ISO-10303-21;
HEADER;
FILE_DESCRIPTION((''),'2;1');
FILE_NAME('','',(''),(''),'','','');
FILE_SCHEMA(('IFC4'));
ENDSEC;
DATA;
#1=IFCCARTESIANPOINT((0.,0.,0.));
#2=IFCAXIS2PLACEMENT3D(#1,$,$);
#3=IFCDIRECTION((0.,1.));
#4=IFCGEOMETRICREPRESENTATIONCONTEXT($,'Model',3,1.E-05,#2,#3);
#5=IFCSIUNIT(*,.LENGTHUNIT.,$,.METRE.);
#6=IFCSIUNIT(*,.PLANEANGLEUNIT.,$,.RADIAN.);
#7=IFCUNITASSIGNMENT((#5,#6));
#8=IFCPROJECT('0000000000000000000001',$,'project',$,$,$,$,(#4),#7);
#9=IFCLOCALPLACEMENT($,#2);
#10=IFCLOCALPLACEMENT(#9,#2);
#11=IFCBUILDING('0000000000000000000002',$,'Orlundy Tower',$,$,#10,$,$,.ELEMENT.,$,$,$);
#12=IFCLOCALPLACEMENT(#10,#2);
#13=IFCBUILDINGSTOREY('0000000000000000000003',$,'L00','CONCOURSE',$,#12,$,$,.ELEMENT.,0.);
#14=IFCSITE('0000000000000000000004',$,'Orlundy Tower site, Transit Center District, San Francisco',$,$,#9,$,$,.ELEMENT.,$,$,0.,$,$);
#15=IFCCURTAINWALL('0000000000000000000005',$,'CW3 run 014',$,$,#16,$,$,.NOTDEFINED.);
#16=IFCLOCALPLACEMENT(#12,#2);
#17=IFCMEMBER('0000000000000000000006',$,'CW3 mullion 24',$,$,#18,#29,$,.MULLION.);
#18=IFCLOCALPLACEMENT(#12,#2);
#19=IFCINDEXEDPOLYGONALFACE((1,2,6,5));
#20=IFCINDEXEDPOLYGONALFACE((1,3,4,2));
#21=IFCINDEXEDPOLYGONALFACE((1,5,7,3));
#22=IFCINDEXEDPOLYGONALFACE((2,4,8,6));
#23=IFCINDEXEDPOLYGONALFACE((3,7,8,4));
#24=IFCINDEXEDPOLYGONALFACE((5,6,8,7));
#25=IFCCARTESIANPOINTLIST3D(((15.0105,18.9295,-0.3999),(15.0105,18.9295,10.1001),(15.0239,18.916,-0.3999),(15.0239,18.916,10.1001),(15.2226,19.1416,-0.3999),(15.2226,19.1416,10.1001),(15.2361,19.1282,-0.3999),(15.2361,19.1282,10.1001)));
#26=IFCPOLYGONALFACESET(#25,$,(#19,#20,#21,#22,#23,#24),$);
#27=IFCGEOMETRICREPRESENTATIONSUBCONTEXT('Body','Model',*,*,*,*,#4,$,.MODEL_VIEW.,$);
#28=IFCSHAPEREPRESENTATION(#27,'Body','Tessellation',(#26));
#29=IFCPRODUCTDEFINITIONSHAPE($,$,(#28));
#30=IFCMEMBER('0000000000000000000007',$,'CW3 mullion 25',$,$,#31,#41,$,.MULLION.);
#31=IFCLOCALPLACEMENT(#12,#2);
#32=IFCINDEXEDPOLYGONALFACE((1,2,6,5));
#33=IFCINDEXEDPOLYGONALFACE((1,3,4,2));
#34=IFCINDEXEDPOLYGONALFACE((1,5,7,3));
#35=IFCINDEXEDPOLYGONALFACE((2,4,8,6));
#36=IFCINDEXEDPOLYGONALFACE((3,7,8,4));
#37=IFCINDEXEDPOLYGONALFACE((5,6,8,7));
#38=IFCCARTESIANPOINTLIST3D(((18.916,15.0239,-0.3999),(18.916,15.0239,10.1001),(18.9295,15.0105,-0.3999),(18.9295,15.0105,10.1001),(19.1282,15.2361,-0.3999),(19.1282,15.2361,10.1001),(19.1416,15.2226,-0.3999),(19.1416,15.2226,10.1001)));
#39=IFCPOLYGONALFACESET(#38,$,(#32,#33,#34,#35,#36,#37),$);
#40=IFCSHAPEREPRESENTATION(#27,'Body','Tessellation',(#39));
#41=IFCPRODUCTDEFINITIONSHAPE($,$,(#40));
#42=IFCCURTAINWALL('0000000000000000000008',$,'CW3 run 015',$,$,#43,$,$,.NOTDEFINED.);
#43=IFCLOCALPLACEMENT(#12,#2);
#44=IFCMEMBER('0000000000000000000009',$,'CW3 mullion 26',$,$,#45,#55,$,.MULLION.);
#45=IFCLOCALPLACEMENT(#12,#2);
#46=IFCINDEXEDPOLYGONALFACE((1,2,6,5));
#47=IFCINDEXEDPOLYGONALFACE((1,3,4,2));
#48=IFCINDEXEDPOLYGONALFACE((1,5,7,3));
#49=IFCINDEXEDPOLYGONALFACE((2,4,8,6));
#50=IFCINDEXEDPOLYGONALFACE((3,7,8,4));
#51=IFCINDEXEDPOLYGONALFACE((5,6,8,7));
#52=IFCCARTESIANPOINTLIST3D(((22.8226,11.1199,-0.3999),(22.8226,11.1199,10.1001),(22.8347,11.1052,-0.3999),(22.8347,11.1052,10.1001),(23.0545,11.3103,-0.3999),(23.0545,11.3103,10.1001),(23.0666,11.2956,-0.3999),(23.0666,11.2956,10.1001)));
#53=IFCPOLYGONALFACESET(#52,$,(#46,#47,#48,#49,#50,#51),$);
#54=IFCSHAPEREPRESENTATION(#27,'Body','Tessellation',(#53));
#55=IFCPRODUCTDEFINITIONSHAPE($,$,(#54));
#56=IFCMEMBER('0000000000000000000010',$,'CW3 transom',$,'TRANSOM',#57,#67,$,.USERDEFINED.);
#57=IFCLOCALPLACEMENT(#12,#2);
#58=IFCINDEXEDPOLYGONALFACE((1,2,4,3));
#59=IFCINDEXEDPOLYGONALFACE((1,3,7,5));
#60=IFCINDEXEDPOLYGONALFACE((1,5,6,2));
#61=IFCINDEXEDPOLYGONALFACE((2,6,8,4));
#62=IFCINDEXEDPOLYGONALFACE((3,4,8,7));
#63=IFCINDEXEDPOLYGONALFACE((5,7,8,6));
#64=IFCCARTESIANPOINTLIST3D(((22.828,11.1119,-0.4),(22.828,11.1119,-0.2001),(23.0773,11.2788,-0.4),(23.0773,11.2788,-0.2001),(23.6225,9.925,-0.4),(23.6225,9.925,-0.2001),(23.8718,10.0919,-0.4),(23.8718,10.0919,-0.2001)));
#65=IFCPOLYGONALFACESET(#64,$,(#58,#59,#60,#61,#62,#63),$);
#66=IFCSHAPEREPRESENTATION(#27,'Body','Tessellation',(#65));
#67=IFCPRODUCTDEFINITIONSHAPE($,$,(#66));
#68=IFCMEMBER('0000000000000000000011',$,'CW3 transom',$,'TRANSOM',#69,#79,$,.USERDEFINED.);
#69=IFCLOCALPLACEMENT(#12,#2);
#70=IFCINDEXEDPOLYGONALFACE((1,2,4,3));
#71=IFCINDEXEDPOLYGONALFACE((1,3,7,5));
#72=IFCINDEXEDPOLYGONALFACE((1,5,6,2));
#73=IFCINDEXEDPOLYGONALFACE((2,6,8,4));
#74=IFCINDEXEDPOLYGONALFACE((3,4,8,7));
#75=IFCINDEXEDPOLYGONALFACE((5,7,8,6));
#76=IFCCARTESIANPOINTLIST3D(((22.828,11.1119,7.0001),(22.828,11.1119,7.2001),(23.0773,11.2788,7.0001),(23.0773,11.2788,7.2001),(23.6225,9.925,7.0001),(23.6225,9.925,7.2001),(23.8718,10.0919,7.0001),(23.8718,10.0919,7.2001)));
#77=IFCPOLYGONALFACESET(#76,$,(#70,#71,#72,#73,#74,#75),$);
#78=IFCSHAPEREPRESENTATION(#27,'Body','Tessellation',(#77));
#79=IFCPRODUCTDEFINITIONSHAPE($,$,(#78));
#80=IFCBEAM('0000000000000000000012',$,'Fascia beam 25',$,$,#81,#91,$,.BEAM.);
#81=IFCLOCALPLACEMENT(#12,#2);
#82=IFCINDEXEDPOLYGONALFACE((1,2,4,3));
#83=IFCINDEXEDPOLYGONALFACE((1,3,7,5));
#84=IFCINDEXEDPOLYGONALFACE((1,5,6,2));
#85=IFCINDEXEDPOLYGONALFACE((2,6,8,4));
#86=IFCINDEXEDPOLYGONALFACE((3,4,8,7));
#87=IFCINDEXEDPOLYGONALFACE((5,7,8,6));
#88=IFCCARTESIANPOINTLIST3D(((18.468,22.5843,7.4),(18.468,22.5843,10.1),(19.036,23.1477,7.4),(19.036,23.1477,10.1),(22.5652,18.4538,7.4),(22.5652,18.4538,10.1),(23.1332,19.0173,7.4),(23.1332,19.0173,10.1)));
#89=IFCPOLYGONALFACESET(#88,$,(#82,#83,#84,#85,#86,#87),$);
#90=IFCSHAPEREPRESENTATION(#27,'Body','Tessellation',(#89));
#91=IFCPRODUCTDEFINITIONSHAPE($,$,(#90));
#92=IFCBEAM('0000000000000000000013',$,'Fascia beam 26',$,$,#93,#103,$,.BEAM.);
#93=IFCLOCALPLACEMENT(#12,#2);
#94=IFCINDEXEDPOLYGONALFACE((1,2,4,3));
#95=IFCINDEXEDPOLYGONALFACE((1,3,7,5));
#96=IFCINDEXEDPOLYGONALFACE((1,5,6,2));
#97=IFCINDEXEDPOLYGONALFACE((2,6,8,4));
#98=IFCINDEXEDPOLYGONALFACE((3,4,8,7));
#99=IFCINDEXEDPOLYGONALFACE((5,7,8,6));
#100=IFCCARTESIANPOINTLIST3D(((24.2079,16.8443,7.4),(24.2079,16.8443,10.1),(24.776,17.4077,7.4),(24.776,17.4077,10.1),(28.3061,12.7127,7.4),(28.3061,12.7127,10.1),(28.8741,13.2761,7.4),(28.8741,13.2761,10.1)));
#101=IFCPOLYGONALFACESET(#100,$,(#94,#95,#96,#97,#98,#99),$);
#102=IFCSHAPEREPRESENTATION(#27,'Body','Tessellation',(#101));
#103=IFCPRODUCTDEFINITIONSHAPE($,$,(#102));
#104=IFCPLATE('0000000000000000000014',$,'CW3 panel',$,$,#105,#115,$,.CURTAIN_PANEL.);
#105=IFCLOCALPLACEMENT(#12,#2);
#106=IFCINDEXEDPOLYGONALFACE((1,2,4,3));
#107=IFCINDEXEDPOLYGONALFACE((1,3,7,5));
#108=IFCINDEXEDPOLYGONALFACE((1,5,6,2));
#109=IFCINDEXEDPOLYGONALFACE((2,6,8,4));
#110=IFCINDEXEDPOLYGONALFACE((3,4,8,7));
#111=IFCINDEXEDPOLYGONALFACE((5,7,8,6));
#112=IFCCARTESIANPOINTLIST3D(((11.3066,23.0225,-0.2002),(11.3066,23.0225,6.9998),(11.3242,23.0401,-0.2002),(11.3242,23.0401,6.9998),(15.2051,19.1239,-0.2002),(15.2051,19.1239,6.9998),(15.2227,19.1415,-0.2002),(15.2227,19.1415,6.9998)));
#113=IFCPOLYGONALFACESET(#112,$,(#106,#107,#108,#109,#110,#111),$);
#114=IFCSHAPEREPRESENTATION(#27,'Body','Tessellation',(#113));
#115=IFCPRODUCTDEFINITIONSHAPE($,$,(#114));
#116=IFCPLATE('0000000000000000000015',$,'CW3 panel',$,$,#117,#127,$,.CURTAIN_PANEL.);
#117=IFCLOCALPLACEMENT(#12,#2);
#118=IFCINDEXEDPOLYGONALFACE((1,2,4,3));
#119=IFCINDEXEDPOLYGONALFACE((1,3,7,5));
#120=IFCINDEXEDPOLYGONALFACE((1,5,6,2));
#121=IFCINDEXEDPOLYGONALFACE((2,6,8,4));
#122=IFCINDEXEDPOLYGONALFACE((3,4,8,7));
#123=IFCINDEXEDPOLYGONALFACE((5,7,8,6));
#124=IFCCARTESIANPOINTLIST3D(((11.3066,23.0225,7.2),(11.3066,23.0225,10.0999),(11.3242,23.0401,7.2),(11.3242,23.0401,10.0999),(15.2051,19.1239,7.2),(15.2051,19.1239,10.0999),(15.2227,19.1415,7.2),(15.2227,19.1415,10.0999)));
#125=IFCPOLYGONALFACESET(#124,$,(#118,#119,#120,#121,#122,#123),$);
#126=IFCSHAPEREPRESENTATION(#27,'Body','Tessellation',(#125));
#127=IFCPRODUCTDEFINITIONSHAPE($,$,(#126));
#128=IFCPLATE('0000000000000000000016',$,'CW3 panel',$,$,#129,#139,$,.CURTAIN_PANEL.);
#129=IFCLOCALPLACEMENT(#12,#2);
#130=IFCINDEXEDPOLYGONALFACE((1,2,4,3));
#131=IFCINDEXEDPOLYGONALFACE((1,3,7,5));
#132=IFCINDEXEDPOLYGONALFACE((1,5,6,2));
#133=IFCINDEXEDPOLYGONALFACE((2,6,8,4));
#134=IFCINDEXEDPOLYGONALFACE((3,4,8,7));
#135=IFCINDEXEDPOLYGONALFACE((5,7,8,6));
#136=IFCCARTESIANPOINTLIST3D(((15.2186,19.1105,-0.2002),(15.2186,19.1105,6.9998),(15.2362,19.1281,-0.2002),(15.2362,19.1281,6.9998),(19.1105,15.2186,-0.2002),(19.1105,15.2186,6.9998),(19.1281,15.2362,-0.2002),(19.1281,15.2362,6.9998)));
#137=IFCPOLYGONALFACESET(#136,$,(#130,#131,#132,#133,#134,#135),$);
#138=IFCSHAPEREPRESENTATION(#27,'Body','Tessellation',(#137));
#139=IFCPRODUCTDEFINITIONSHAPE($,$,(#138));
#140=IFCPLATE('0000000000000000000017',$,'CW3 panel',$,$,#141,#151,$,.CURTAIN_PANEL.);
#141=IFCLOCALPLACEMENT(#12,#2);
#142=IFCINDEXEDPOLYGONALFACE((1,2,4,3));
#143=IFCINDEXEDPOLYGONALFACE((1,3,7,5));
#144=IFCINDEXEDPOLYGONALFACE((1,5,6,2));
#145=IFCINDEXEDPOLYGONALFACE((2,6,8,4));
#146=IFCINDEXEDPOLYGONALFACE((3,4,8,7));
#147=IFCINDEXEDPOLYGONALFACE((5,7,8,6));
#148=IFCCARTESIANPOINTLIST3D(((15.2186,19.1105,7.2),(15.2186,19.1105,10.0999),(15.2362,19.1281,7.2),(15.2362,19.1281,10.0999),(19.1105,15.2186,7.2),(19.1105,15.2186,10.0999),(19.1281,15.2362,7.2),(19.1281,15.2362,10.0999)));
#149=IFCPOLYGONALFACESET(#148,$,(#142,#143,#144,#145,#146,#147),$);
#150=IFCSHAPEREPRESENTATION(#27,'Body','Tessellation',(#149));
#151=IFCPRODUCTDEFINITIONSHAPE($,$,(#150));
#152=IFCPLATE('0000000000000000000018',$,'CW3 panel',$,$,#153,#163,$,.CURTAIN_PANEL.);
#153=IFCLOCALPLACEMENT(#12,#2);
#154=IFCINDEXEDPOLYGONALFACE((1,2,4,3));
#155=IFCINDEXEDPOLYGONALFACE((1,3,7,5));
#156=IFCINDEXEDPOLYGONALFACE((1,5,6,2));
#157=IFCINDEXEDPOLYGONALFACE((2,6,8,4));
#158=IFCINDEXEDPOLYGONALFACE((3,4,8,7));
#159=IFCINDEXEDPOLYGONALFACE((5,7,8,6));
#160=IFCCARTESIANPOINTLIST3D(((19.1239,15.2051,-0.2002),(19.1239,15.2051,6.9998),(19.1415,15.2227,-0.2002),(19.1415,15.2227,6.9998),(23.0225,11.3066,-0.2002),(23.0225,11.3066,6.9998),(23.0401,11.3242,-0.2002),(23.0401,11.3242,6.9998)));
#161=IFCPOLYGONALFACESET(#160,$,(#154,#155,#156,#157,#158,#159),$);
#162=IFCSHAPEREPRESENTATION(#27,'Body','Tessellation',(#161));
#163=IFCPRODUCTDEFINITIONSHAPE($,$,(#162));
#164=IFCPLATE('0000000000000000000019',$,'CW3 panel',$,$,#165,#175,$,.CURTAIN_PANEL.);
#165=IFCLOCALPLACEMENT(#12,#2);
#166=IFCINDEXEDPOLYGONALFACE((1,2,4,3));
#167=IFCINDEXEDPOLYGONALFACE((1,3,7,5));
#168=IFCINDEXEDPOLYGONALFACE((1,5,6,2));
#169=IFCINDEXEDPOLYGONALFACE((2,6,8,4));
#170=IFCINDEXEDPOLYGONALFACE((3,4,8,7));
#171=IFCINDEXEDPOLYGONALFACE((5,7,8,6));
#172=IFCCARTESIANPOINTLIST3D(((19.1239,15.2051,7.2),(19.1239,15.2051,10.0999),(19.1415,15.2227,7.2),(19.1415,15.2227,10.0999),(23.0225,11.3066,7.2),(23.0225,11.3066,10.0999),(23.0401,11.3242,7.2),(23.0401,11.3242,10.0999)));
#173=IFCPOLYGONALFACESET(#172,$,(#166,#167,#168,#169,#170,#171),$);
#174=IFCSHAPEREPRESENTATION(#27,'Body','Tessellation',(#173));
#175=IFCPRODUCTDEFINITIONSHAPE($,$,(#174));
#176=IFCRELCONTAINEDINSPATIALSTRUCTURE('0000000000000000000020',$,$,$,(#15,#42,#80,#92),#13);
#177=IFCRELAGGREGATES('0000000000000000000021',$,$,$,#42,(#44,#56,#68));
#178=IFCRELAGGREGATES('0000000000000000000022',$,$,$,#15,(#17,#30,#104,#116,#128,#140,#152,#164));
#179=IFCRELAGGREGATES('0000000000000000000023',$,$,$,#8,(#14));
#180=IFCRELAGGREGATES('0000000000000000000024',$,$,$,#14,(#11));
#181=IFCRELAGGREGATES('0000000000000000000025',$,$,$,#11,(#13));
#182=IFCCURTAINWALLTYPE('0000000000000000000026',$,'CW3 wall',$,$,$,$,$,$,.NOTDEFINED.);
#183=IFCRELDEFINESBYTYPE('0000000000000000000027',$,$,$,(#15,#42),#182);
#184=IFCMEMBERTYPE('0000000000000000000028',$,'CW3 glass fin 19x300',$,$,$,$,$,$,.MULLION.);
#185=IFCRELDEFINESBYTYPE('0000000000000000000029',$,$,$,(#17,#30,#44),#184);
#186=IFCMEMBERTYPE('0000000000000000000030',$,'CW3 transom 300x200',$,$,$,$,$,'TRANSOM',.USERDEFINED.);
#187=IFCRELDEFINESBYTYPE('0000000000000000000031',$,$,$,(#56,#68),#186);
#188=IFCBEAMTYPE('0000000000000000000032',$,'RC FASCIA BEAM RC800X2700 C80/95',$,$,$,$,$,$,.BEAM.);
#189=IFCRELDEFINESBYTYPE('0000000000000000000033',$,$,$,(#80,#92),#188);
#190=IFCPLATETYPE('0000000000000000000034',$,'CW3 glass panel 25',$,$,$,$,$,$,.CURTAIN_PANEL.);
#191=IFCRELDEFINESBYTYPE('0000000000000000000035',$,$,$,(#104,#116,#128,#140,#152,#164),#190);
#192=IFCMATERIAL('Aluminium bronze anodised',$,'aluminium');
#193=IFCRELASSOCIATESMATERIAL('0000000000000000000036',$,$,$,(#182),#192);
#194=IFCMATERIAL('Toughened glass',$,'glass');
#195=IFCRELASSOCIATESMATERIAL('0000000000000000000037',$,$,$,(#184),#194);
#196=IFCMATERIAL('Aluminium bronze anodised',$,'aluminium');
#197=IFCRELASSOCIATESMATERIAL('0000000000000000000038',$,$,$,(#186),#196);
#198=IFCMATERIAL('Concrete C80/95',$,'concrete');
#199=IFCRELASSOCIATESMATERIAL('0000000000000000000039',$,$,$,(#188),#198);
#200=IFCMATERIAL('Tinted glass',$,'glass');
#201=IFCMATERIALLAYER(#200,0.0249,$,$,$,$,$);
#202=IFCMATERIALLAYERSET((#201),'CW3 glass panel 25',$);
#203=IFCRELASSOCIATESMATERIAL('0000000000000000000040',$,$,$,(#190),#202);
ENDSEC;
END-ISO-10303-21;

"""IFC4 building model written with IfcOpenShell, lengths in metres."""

from ifc_helpers import new_model, si_unit, direction, frame, origin, origin_2d, place, context, subcontext, project, spatial, rectangle, extrude, material, layer, layer_set, material_profile, profile_set, type_object, element, aggregate, save


model = new_model("IFC4")

# Units and contexts
model_context = context("Model", 3, precision=1e-05, world=origin(), true_north=direction((0.0, 1.0)))
body_context = subcontext(model_context, "Body", "Model", "MODEL_VIEW")
ifc_project = project(units=[si_unit("LENGTHUNIT", "METRE"), si_unit("PLANEANGLEUNIT", "RADIAN")], contexts=[model_context])

# Site, building, storey
site_placement = place(None, origin())
site = spatial("IfcSite", under=ifc_project, at=site_placement, Name="Orlundy Tower site, Transit Center District, San Francisco", CompositionType="ELEMENT", RefElevation=0.0)
building_placement = place(site_placement, origin())
building = spatial("IfcBuilding", under=site, at=building_placement, Name="Orlundy Tower", CompositionType="ELEMENT")
storey_placement = place(building_placement, origin())
storey = spatial("IfcBuildingStorey", under=building, at=storey_placement, Name="L00", Description="CONCOURSE", CompositionType="ELEMENT", Elevation=0.0)

# Curtain walls, members
ifc_material_1 = material(Name="Aluminium bronze anodised", Category="aluminium")
curtain_wall_type = type_object("IfcCurtainWallType", Name="CW3 wall", PredefinedType="NOTDEFINED", material=ifc_material_1)
curtain_wall_1_placement = place(storey_placement, origin())
curtain_wall_1 = element("IfcCurtainWall", 1, at=curtain_wall_1_placement, inside=storey, type_object=curtain_wall_type, Name="CW3 run 014", PredefinedType="NOTDEFINED")
ifc_material_2 = material(Name="Toughened glass", Category="glass")
ifc_material_profile_1 = material_profile(ifc_material_2, rectangle(XDim=0.3, YDim=0.019, at=origin_2d()), Name="CW3 glass fin 19x300")
ifc_profile_set_1 = profile_set([ifc_material_profile_1], Name="Toughened glass")
member_type_1 = type_object("IfcMemberType", Name="CW3 glass fin 19x300", PredefinedType="MULLION", material=ifc_profile_set_1)
member_1_placement = place(storey_placement, frame((15.1233, 19.0288, -0.3999), z_axis=(0.0, 0.0, 1.0), x_axis=(0.707107, 0.707107, 0.0)))
member_1 = element("IfcMember", 2, at=member_1_placement, type_object=member_type_1, Name="CW3 mullion 24", PredefinedType="MULLION", context=body_context, shape_type="SweptSolid", body=[
    extrude(rectangle(XDim=0.3, YDim=0.019, at=origin_2d()), origin(), (0.0, 0.0, 1.0), 10.5),
])
member_2_placement = place(storey_placement, frame((19.0288, 15.1233, -0.3999), z_axis=(0.0, 0.0, 1.0), x_axis=(0.707107, 0.707107, 0.0)))
member_2 = element("IfcMember", 3, at=member_2_placement, type_object=member_type_1, Name="CW3 mullion 25", PredefinedType="MULLION", context=body_context, shape_type="SweptSolid", body=[
    extrude(rectangle(XDim=0.3, YDim=0.019, at=origin_2d()), origin(), (0.0, 0.0, 1.0), 10.5),
])
curtain_wall_2_placement = place(storey_placement, origin())
curtain_wall_2 = element("IfcCurtainWall", 4, at=curtain_wall_2_placement, inside=storey, type_object=curtain_wall_type, Name="CW3 run 015", PredefinedType="NOTDEFINED")
member_3_placement = place(storey_placement, frame((22.9446, 11.2078, -0.3999), z_axis=(0.0, 0.0, 1.0), x_axis=(0.772778, 0.634676, 0.0)))
member_3 = element("IfcMember", 5, at=member_3_placement, type_object=member_type_1, Name="CW3 mullion 26", PredefinedType="MULLION", context=body_context, shape_type="SweptSolid", body=[
    extrude(rectangle(XDim=0.3, YDim=0.019, at=origin_2d()), origin(), (0.0, 0.0, 1.0), 10.5),
])
ifc_material_3 = material(Name="Aluminium bronze anodised", Category="aluminium")
ifc_material_profile_2 = material_profile(ifc_material_3, rectangle(XDim=0.3, YDim=0.2, at=origin_2d()), Name="CW3 transom 300x200")
ifc_profile_set_2 = profile_set([ifc_material_profile_2], Name="Aluminium bronze anodised")
member_type_2 = type_object("IfcMemberType", Name="CW3 transom 300x200", ElementType="TRANSOM", PredefinedType="USERDEFINED", material=ifc_profile_set_2)
member_4_placement = place(storey_placement, frame((22.9526, 11.1953, -0.3), z_axis=(0.556277, -0.830997, 0.0), x_axis=(0.830997, 0.556277, 0.0)))
member_4 = element("IfcMember", 6, at=member_4_placement, type_object=member_type_2, Name="CW3 transom", ObjectType="TRANSOM", PredefinedType="USERDEFINED", context=body_context, shape_type="SweptSolid", body=[
    extrude(rectangle(XDim=0.3, YDim=0.2, at=origin_2d()), origin(), (0.0, 0.0, 1.0), 1.4282),
])
member_5_placement = place(storey_placement, frame((22.9526, 11.1953, 7.1001), z_axis=(0.556277, -0.830997, 0.0), x_axis=(0.830997, 0.556277, 0.0)))
member_5 = element("IfcMember", 7, at=member_5_placement, type_object=member_type_2, Name="CW3 transom", ObjectType="TRANSOM", PredefinedType="USERDEFINED", context=body_context, shape_type="SweptSolid", body=[
    extrude(rectangle(XDim=0.3, YDim=0.2, at=origin_2d()), origin(), (0.0, 0.0, 1.0), 1.4282),
])
aggregate(curtain_wall_2, [member_3, member_4, member_5])

# Beams
ifc_material_4 = material(Name="Concrete C80/95", Category="concrete")
ifc_material_profile_3 = material_profile(ifc_material_4, rectangle(XDim=0.8, YDim=2.7, at=origin_2d()), Name="RC800X2700")
ifc_profile_set_3 = profile_set([ifc_material_profile_3], Name="Concrete C80/95")
beam_type = type_object("IfcBeamType", Name="RC FASCIA BEAM RC800X2700 C80/95", PredefinedType="BEAM", material=ifc_profile_set_3)
beam_1_placement = place(storey_placement, frame((18.752, 22.866, 8.75), z_axis=(0.704247, -0.709955, 0.0), x_axis=(0.709955, 0.704247, 0.0)))
element("IfcBeam", 8, at=beam_1_placement, inside=storey, type_object=beam_type, Name="Fascia beam 25", PredefinedType="BEAM", context=body_context, shape_type="SweptSolid", body=[
    extrude(rectangle(XDim=0.8, YDim=2.7, at=origin_2d()), origin(), (0.0, 0.0, 1.0), 5.8179),
])
beam_2_placement = place(storey_placement, frame((24.4919, 17.126, 8.75), z_axis=(0.704227, -0.709975, 0.0), x_axis=(0.709975, 0.704227, 0.0)))
element("IfcBeam", 9, at=beam_2_placement, inside=storey, type_object=beam_type, Name="Fascia beam 26", PredefinedType="BEAM", context=body_context, shape_type="SweptSolid", body=[
    extrude(rectangle(XDim=0.8, YDim=2.7, at=origin_2d()), origin(), (0.0, 0.0, 1.0), 5.8193),
])

# Plates
ifc_material_5 = material(Name="Tinted glass", Category="glass")
ifc_layer = layer(ifc_material_5, 0.0249)
ifc_layer_set = layer_set([ifc_layer], Name="CW3 glass panel 25")
plate_type = type_object("IfcPlateType", Name="CW3 glass panel 25", PredefinedType="CURTAIN_PANEL", material=ifc_layer_set)
plate_1_placement = place(storey_placement, frame((13.2646, 21.082, -0.2002), z_axis=(0.0, 0.0, 1.0), x_axis=(0.707107, -0.707107, 0.0)))
plate_1 = element("IfcPlate", 10, at=plate_1_placement, type_object=plate_type, Name="CW3 panel", PredefinedType="CURTAIN_PANEL", context=body_context, shape_type="SweptSolid", body=[
    extrude(rectangle(XDim=5.5134, YDim=0.0249, at=origin_2d()), origin(), (0.0, 0.0, 1.0), 7.2),
])
plate_2_placement = place(storey_placement, frame((13.2646, 21.082, 7.2), z_axis=(0.0, 0.0, 1.0), x_axis=(0.707107, -0.707107, 0.0)))
plate_2 = element("IfcPlate", 11, at=plate_2_placement, type_object=plate_type, Name="CW3 panel", PredefinedType="CURTAIN_PANEL", context=body_context, shape_type="SweptSolid", body=[
    extrude(rectangle(XDim=5.5134, YDim=0.0249, at=origin_2d()), origin(), (0.0, 0.0, 1.0), 2.8999),
])
plate_3_placement = place(storey_placement, frame((17.1733, 17.1733, -0.2002), z_axis=(0.0, 0.0, 1.0), x_axis=(0.707107, -0.707107, 0.0)))
plate_3 = element("IfcPlate", 12, at=plate_3_placement, type_object=plate_type, Name="CW3 panel", PredefinedType="CURTAIN_PANEL", context=body_context, shape_type="SweptSolid", body=[
    extrude(rectangle(XDim=5.5039, YDim=0.0249, at=origin_2d()), origin(), (0.0, 0.0, 1.0), 7.2),
])
plate_4_placement = place(storey_placement, frame((17.1733, 17.1733, 7.2), z_axis=(0.0, 0.0, 1.0), x_axis=(0.707107, -0.707107, 0.0)))
plate_4 = element("IfcPlate", 13, at=plate_4_placement, type_object=plate_type, Name="CW3 panel", PredefinedType="CURTAIN_PANEL", context=body_context, shape_type="SweptSolid", body=[
    extrude(rectangle(XDim=5.5039, YDim=0.0249, at=origin_2d()), origin(), (0.0, 0.0, 1.0), 2.8999),
])
plate_5_placement = place(storey_placement, frame((21.082, 13.2646, -0.2002), z_axis=(0.0, 0.0, 1.0), x_axis=(0.707107, -0.707107, 0.0)))
plate_5 = element("IfcPlate", 14, at=plate_5_placement, type_object=plate_type, Name="CW3 panel", PredefinedType="CURTAIN_PANEL", context=body_context, shape_type="SweptSolid", body=[
    extrude(rectangle(XDim=5.5134, YDim=0.0249, at=origin_2d()), origin(), (0.0, 0.0, 1.0), 7.2),
])
plate_6_placement = place(storey_placement, frame((21.082, 13.2646, 7.2), z_axis=(0.0, 0.0, 1.0), x_axis=(0.707107, -0.707107, 0.0)))
plate_6 = element("IfcPlate", 15, at=plate_6_placement, type_object=plate_type, Name="CW3 panel", PredefinedType="CURTAIN_PANEL", context=body_context, shape_type="SweptSolid", body=[
    extrude(rectangle(XDim=5.5134, YDim=0.0249, at=origin_2d()), origin(), (0.0, 0.0, 1.0), 2.8999),
])
aggregate(curtain_wall_1, [member_1, member_2, plate_1, plate_2, plate_3, plate_4, plate_5, plate_6])

save(model, "model.ifc")
